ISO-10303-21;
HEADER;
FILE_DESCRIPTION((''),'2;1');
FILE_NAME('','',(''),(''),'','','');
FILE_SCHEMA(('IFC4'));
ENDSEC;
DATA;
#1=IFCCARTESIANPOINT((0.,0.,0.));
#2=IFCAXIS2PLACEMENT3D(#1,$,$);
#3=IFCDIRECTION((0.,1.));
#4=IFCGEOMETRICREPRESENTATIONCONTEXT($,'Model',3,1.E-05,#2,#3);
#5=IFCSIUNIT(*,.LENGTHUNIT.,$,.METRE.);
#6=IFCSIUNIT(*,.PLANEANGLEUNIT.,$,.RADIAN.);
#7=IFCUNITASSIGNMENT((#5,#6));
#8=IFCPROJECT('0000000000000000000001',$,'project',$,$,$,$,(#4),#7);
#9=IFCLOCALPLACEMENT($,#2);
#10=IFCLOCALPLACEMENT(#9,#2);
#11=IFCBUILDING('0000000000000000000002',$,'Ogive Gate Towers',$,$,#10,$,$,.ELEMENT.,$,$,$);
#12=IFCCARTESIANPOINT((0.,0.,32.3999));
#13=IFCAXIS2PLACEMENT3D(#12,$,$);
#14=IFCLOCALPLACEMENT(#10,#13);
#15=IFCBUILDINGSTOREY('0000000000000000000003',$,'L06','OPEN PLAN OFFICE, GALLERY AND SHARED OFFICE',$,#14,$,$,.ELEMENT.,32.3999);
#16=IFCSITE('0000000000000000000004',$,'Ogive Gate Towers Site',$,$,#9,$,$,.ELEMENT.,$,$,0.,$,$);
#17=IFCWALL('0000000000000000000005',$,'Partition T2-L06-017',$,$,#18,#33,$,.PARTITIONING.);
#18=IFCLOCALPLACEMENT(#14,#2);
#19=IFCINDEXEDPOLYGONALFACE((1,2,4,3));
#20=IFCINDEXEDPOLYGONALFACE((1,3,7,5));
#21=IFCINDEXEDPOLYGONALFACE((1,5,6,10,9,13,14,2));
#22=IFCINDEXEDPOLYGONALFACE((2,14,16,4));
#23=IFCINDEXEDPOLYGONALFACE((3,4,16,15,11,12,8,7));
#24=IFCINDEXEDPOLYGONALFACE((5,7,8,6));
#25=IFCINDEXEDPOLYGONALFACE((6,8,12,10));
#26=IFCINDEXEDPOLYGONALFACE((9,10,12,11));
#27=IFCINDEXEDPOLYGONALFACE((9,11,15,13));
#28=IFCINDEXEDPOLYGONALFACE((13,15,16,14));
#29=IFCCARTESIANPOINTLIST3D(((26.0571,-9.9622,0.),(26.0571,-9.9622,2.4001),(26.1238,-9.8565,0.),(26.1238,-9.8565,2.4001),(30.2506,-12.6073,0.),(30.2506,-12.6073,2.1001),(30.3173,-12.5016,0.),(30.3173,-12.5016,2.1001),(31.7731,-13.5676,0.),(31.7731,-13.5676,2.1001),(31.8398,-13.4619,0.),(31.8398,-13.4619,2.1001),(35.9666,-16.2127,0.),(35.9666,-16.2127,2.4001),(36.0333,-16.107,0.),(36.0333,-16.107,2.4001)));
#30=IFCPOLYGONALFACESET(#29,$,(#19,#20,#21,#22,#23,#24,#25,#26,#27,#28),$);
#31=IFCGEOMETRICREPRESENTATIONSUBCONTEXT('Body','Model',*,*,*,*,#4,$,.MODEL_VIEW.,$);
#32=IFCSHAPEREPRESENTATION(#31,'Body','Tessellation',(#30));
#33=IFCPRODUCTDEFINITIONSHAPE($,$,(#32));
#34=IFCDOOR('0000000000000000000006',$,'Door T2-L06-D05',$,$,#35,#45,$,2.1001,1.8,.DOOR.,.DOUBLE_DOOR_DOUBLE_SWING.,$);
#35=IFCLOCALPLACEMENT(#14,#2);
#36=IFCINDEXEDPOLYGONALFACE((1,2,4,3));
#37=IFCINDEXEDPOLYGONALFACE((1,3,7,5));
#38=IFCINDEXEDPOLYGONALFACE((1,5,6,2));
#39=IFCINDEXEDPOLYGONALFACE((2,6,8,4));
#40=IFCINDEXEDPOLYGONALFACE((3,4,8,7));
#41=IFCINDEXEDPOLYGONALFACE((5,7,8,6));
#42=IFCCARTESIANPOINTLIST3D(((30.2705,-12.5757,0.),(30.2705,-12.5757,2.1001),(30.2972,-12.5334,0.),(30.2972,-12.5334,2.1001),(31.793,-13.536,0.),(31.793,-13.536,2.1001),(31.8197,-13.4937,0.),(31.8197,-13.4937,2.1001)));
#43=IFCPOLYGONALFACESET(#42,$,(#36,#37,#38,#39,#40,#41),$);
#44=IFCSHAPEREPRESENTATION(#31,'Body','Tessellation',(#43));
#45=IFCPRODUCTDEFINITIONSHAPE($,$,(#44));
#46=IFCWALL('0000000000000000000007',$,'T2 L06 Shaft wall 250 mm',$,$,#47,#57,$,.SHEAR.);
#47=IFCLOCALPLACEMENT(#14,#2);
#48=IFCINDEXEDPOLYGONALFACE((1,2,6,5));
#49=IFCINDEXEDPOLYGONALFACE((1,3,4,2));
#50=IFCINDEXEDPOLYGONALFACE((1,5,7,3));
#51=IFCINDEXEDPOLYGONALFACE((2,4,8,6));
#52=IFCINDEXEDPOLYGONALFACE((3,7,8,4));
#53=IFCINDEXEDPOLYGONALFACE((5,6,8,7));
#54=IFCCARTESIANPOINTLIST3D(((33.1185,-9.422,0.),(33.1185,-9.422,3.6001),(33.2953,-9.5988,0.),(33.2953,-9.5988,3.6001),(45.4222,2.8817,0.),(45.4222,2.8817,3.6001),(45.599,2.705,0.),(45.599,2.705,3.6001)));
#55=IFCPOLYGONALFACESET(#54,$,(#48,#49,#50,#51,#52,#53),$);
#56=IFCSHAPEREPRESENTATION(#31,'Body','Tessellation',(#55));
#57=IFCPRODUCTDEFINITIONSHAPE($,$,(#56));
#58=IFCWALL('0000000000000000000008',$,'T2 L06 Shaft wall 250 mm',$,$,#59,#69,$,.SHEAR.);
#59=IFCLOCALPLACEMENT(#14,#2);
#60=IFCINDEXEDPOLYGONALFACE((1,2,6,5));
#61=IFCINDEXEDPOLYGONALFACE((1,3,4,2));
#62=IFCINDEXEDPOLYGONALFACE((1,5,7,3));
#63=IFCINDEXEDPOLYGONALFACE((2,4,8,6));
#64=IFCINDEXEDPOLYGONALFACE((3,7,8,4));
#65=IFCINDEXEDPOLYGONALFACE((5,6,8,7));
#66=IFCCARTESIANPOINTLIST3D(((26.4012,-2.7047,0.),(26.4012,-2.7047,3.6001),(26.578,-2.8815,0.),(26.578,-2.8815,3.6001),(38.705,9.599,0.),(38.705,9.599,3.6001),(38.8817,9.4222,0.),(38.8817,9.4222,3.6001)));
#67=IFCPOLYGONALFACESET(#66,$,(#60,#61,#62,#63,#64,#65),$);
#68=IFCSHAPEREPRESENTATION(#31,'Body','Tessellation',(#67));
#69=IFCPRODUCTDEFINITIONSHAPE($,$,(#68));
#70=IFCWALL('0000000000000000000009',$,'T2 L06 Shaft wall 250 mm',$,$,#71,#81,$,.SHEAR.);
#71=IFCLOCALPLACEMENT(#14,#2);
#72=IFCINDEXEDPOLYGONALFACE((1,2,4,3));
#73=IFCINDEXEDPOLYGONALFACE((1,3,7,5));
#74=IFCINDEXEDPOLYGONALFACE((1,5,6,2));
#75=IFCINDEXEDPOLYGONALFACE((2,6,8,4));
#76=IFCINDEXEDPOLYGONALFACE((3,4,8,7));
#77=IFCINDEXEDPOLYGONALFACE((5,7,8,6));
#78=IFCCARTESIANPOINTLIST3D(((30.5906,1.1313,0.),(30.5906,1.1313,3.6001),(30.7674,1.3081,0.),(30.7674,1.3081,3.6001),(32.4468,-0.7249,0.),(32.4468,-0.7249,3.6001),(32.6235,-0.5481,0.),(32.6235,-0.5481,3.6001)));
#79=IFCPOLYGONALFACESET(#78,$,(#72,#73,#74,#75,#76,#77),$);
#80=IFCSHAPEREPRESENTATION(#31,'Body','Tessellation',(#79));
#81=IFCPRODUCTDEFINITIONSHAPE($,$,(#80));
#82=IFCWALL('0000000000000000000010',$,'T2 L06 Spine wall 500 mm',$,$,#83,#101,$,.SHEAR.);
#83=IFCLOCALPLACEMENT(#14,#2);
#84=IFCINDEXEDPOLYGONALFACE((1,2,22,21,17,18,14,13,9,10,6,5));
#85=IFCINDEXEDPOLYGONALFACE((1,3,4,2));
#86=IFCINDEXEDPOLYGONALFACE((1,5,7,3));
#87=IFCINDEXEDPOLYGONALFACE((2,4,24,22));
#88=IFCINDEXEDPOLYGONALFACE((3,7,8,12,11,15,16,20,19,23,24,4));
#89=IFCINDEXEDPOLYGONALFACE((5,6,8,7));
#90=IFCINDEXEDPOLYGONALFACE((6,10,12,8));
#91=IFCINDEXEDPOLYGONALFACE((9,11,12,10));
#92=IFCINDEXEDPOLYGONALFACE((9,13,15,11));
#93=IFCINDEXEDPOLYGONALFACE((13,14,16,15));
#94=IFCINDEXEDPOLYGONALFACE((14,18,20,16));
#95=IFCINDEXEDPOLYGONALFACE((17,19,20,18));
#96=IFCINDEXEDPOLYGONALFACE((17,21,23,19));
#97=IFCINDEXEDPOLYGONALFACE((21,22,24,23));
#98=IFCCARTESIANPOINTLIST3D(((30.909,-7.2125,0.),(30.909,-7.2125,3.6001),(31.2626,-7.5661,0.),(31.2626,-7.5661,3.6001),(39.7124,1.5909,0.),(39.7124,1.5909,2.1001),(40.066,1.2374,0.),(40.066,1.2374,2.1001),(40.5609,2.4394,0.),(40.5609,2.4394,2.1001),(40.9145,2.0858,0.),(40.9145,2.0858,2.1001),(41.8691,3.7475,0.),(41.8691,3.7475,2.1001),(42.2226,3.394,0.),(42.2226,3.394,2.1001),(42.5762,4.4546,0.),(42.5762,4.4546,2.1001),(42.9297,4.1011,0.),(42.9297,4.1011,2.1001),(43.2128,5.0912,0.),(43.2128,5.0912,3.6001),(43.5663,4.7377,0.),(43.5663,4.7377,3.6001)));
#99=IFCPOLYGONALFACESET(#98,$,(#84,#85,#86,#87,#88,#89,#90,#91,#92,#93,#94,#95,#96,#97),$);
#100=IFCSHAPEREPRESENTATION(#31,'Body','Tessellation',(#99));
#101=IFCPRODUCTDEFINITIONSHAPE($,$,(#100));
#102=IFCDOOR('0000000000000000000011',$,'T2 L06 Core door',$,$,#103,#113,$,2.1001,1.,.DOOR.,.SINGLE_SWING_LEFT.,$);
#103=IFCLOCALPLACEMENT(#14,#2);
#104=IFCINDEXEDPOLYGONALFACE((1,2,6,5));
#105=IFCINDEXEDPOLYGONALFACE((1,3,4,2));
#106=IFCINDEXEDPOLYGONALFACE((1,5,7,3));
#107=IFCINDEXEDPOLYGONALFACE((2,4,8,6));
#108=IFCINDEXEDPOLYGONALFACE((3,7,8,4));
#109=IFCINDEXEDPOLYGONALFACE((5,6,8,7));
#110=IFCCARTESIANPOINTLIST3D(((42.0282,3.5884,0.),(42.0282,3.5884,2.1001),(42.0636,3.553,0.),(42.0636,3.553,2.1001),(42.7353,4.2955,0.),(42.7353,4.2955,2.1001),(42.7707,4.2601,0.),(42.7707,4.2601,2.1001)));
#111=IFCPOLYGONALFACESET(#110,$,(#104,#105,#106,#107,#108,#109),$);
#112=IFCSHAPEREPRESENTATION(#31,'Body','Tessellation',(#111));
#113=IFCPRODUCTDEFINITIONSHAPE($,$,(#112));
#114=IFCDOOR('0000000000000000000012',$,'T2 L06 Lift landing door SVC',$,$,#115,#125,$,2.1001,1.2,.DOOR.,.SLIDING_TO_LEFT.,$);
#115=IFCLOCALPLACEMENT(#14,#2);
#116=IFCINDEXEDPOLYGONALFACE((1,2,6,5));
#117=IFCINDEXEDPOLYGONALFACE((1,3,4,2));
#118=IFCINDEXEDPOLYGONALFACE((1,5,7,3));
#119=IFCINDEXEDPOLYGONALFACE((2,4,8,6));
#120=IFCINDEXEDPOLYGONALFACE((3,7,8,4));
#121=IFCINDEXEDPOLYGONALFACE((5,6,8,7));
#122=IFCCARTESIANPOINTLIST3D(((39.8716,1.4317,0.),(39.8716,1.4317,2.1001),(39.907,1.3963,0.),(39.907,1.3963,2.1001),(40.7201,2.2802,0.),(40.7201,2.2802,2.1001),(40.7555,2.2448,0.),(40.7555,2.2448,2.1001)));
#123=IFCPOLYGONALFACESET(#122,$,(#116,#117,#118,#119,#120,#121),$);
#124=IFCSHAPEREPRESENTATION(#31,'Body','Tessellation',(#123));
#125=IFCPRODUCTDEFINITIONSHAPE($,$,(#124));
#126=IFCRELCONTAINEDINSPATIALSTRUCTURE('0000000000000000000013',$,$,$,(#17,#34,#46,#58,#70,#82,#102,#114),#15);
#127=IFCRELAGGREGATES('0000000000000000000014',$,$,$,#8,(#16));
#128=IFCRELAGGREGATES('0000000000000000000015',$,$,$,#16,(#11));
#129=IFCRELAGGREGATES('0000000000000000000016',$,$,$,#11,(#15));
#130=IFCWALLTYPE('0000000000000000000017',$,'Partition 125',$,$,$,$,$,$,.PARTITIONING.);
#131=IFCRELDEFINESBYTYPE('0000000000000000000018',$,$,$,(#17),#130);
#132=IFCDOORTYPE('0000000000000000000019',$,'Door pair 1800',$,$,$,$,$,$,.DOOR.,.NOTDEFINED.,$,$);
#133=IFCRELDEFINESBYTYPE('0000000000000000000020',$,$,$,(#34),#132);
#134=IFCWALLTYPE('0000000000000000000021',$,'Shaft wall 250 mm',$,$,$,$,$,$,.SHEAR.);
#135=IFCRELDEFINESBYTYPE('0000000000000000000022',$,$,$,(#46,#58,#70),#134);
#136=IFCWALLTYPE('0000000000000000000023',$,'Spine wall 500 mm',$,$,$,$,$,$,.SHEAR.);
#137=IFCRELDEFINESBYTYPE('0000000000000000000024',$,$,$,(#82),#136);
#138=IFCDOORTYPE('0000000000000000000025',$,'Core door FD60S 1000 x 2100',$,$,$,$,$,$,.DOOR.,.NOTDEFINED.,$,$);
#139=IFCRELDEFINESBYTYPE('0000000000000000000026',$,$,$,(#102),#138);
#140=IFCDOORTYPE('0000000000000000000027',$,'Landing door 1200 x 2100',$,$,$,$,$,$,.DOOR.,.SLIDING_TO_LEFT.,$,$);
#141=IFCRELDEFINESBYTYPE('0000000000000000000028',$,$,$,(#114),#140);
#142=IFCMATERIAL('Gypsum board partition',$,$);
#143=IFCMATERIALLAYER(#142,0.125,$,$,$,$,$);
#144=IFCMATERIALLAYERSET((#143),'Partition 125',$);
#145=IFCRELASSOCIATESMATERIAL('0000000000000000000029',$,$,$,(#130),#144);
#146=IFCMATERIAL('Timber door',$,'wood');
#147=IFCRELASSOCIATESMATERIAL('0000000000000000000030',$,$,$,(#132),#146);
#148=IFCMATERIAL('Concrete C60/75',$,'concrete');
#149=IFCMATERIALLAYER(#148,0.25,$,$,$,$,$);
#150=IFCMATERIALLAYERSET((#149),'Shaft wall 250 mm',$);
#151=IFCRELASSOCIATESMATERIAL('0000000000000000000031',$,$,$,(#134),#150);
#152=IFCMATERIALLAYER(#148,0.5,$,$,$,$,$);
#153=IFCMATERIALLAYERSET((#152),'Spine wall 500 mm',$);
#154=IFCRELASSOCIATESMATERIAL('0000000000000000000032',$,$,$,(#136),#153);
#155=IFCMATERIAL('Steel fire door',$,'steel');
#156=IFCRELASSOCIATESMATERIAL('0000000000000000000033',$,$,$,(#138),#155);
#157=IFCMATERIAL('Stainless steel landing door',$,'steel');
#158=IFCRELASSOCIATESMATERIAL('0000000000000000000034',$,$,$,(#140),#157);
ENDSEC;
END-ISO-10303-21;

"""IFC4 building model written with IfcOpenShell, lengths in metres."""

from ifc_helpers import new_model, si_unit, direction, frame, frame_2d, origin, place, context, subcontext, project, spatial, rectangle, extrude, material, layer, layer_set, type_object, element, fill, save


model = new_model("IFC4")

# Units and contexts
model_context = context("Model", 3, precision=1e-05, world=origin(), true_north=direction((0.0, 1.0)))
body_context = subcontext(model_context, "Body", "Model", "MODEL_VIEW")
ifc_project = project(units=[si_unit("LENGTHUNIT", "METRE"), si_unit("PLANEANGLEUNIT", "RADIAN")], contexts=[model_context])

# Site, building, storey
site_placement = place(None, origin())
site = spatial("IfcSite", under=ifc_project, at=site_placement, Name="Ogive Gate Towers Site", CompositionType="ELEMENT", RefElevation=0.0)
building_placement = place(site_placement, origin())
building = spatial("IfcBuilding", under=site, at=building_placement, Name="Ogive Gate Towers", CompositionType="ELEMENT")
storey_placement = place(building_placement, frame((0.0, 0.0, 32.3999)))
storey = spatial("IfcBuildingStorey", under=building, at=storey_placement, Name="L06", Description="OPEN PLAN OFFICE, GALLERY AND SHARED OFFICE", CompositionType="ELEMENT", Elevation=32.3999)

# Shared definitions
ifc_material_1 = material(Name="Gypsum board partition")
ifc_layer_1 = layer(ifc_material_1, 0.125)
ifc_layer_set_1 = layer_set([ifc_layer_1], Name="Partition 125")
wall_type_1 = type_object("IfcWallType", Name="Partition 125", PredefinedType="PARTITIONING", material=ifc_layer_set_1)

# Wall, opening, door
wall_1_placement = place(storey_placement, frame((26.0906, -9.9094, 0.0), z_axis=(0.0, 0.0, 1.0), x_axis=(0.845801, -0.533499, 0.0)))
wall_1 = element("IfcWall", 1, at=wall_1_placement, inside=storey, type_object=wall_type_1, Name="Partition T2-L06-017", PredefinedType="PARTITIONING", context=body_context, shape_type="SweptSolid", body=[
    extrude(rectangle(XDim=11.7161, YDim=0.125, at=frame_2d((5.8579, 0.0))), origin(), (0.0, 0.0, 1.0), 2.4001),
])
opening_1_placement = place(wall_1_placement, frame((4.958, 0.0, 0.0)))
opening_1 = element("IfcOpeningElement", 2, at=opening_1_placement, cuts=wall_1, PredefinedType="OPENING", context=body_context, shape_type="SweptSolid", body=[
    extrude(rectangle(XDim=1.8, YDim=2.1001, at=frame_2d((0.8999, 1.05))), frame((0.0, 0.0725, 0.0), z_axis=(0.0, -1.0, 0.0), x_axis=(1.0, 0.0, 0.0)), (0.0, 0.0, 1.0), 0.145),
])
ifc_material_2 = material(Name="Timber door", Category="wood")
door_type_1 = type_object("IfcDoorType", Name="Door pair 1800", OperationType="NOTDEFINED", PredefinedType="DOOR", material=ifc_material_2)
door_1_placement = place(opening_1_placement, origin())
door_1 = element("IfcDoor", 3, at=door_1_placement, inside=storey, type_object=door_type_1, Name="Door T2-L06-D05", OperationType="DOUBLE_DOOR_DOUBLE_SWING", OverallHeight=2.1001, OverallWidth=1.8, PredefinedType="DOOR", context=body_context, shape_type="SweptSolid", body=[
    extrude(rectangle(XDim=1.8, YDim=2.1001, at=frame_2d((0.8999, 1.05))), frame((0.0, 0.0249, 0.0), z_axis=(0.0, -1.0, 0.0), x_axis=(1.0, 0.0, 0.0)), (0.0, 0.0, 1.0), 0.05),
])
fill(opening_1, door_1)

# Walls
ifc_material_3 = material(Name="Concrete C60/75", Category="concrete")
ifc_layer_2 = layer(ifc_material_3, 0.25)
ifc_layer_set_2 = layer_set([ifc_layer_2], Name="Shaft wall 250 mm")
wall_type_2 = type_object("IfcWallType", Name="Shaft wall 250 mm", PredefinedType="SHEAR", material=ifc_layer_set_2)
for number, where, z_axis, x_axis, name in (
    (4, (33.2068, -9.5105, 0.0), (0.0, 0.0, 1.0), (0.707107, 0.707107, 0.0), "T2 L06 Shaft wall 250 mm"),
    (5, (26.4895, -2.7932, 0.0), (0.0, 0.0, 1.0), (0.707107, 0.707107, 0.0), "T2 L06 Shaft wall 250 mm"),
):
    element("IfcWall", number, at=place(storey_placement, frame(where, z_axis=z_axis, x_axis=x_axis)), inside=storey, type_object=wall_type_2, Name=name, PredefinedType="SHEAR", context=body_context, shape_type="SweptSolid", body=[
        extrude(rectangle(XDim=17.4001, YDim=0.25, at=frame_2d((8.7002, 0.0))), origin(), (0.0, 0.0, 1.0), 3.6001),
    ])
wall_2_placement = place(storey_placement, frame((32.5352, -0.6365, 0.0), z_axis=(0.0, 0.0, 1.0), x_axis=(-0.707107, 0.707107, 0.0)))
element("IfcWall", 6, at=wall_2_placement, inside=storey, type_object=wall_type_2, Name="T2 L06 Shaft wall 250 mm", PredefinedType="SHEAR", context=body_context, shape_type="SweptSolid", body=[
    extrude(rectangle(XDim=2.625, YDim=0.25, at=frame_2d((1.3125, 0.0))), origin(), (0.0, 0.0, 1.0), 3.6001),
])

# Wall, openings, doors
ifc_layer_3 = layer(ifc_material_3, 0.5)
ifc_layer_set_3 = layer_set([ifc_layer_3], Name="Spine wall 500 mm")
wall_type_3 = type_object("IfcWallType", Name="Spine wall 500 mm", PredefinedType="SHEAR", material=ifc_layer_set_3)
wall_3_placement = place(storey_placement, frame((31.0857, -7.3894, 0.0), z_axis=(0.0, 0.0, 1.0), x_axis=(0.707107, 0.707107, 0.0)))
wall_3 = element("IfcWall", 7, at=wall_3_placement, inside=storey, type_object=wall_type_3, Name="T2 L06 Spine wall 500 mm", PredefinedType="SHEAR", context=body_context, shape_type="SweptSolid", body=[
    extrude(rectangle(XDim=17.4001, YDim=0.5, at=frame_2d((8.7002, 0.0))), origin(), (0.0, 0.0, 1.0), 3.6001),
])
opening_2_placement = place(wall_3_placement, frame((12.45, 0.0, 0.0)))
opening_2 = element("IfcOpeningElement", 8, at=opening_2_placement, cuts=wall_3, PredefinedType="OPENING", context=body_context, shape_type="SweptSolid", body=[
    extrude(rectangle(XDim=1.2, YDim=2.1001, at=frame_2d((0.6001, 1.05))), frame((0.0, 0.26, 0.0), z_axis=(0.0, -1.0, 0.0), x_axis=(1.0, 0.0, 0.0)), (0.0, 0.0, 1.0), 0.52),
])
opening_3_placement = place(wall_3_placement, frame((15.5, 0.0, 0.0)))
opening_3 = element("IfcOpeningElement", 9, at=opening_3_placement, cuts=wall_3, PredefinedType="OPENING", context=body_context, shape_type="SweptSolid", body=[
    extrude(rectangle(XDim=1.0, YDim=2.1001, at=frame_2d((0.5, 1.05))), frame((0.0, 0.26, 0.0), z_axis=(0.0, -1.0, 0.0), x_axis=(1.0, 0.0, 0.0)), (0.0, 0.0, 1.0), 0.52),
])
ifc_material_4 = material(Name="Steel fire door", Category="steel")
door_type_2 = type_object("IfcDoorType", Name="Core door FD60S 1000 x 2100", OperationType="NOTDEFINED", PredefinedType="DOOR", material=ifc_material_4)
door_2_placement = place(opening_3_placement, origin())
door_2 = element("IfcDoor", 10, at=door_2_placement, inside=storey, type_object=door_type_2, Name="T2 L06 Core door", OperationType="SINGLE_SWING_LEFT", OverallHeight=2.1001, OverallWidth=1.0, PredefinedType="DOOR", context=body_context, shape_type="SweptSolid", body=[
    extrude(rectangle(XDim=1.0, YDim=2.1001, at=frame_2d((0.5, 1.05))), frame((0.0, 0.0249, 0.0), z_axis=(0.0, -1.0, 0.0), x_axis=(1.0, 0.0, 0.0)), (0.0, 0.0, 1.0), 0.05),
])
fill(opening_3, door_2)
ifc_material_5 = material(Name="Stainless steel landing door", Category="steel")
door_type_3 = type_object("IfcDoorType", Name="Landing door 1200 x 2100", OperationType="SLIDING_TO_LEFT", PredefinedType="DOOR", material=ifc_material_5)
door_3_placement = place(opening_2_placement, origin())
door_3 = element("IfcDoor", 11, at=door_3_placement, inside=storey, type_object=door_type_3, Name="T2 L06 Lift landing door SVC", OperationType="SLIDING_TO_LEFT", OverallHeight=2.1001, OverallWidth=1.2, PredefinedType="DOOR", context=body_context, shape_type="SweptSolid", body=[
    extrude(rectangle(XDim=1.2, YDim=2.1001, at=frame_2d((0.6001, 1.05))), frame((0.0, 0.0249, 0.0), z_axis=(0.0, -1.0, 0.0), x_axis=(1.0, 0.0, 0.0)), (0.0, 0.0, 1.0), 0.05),
])
fill(opening_2, door_3)

save(model, "model.ifc")
